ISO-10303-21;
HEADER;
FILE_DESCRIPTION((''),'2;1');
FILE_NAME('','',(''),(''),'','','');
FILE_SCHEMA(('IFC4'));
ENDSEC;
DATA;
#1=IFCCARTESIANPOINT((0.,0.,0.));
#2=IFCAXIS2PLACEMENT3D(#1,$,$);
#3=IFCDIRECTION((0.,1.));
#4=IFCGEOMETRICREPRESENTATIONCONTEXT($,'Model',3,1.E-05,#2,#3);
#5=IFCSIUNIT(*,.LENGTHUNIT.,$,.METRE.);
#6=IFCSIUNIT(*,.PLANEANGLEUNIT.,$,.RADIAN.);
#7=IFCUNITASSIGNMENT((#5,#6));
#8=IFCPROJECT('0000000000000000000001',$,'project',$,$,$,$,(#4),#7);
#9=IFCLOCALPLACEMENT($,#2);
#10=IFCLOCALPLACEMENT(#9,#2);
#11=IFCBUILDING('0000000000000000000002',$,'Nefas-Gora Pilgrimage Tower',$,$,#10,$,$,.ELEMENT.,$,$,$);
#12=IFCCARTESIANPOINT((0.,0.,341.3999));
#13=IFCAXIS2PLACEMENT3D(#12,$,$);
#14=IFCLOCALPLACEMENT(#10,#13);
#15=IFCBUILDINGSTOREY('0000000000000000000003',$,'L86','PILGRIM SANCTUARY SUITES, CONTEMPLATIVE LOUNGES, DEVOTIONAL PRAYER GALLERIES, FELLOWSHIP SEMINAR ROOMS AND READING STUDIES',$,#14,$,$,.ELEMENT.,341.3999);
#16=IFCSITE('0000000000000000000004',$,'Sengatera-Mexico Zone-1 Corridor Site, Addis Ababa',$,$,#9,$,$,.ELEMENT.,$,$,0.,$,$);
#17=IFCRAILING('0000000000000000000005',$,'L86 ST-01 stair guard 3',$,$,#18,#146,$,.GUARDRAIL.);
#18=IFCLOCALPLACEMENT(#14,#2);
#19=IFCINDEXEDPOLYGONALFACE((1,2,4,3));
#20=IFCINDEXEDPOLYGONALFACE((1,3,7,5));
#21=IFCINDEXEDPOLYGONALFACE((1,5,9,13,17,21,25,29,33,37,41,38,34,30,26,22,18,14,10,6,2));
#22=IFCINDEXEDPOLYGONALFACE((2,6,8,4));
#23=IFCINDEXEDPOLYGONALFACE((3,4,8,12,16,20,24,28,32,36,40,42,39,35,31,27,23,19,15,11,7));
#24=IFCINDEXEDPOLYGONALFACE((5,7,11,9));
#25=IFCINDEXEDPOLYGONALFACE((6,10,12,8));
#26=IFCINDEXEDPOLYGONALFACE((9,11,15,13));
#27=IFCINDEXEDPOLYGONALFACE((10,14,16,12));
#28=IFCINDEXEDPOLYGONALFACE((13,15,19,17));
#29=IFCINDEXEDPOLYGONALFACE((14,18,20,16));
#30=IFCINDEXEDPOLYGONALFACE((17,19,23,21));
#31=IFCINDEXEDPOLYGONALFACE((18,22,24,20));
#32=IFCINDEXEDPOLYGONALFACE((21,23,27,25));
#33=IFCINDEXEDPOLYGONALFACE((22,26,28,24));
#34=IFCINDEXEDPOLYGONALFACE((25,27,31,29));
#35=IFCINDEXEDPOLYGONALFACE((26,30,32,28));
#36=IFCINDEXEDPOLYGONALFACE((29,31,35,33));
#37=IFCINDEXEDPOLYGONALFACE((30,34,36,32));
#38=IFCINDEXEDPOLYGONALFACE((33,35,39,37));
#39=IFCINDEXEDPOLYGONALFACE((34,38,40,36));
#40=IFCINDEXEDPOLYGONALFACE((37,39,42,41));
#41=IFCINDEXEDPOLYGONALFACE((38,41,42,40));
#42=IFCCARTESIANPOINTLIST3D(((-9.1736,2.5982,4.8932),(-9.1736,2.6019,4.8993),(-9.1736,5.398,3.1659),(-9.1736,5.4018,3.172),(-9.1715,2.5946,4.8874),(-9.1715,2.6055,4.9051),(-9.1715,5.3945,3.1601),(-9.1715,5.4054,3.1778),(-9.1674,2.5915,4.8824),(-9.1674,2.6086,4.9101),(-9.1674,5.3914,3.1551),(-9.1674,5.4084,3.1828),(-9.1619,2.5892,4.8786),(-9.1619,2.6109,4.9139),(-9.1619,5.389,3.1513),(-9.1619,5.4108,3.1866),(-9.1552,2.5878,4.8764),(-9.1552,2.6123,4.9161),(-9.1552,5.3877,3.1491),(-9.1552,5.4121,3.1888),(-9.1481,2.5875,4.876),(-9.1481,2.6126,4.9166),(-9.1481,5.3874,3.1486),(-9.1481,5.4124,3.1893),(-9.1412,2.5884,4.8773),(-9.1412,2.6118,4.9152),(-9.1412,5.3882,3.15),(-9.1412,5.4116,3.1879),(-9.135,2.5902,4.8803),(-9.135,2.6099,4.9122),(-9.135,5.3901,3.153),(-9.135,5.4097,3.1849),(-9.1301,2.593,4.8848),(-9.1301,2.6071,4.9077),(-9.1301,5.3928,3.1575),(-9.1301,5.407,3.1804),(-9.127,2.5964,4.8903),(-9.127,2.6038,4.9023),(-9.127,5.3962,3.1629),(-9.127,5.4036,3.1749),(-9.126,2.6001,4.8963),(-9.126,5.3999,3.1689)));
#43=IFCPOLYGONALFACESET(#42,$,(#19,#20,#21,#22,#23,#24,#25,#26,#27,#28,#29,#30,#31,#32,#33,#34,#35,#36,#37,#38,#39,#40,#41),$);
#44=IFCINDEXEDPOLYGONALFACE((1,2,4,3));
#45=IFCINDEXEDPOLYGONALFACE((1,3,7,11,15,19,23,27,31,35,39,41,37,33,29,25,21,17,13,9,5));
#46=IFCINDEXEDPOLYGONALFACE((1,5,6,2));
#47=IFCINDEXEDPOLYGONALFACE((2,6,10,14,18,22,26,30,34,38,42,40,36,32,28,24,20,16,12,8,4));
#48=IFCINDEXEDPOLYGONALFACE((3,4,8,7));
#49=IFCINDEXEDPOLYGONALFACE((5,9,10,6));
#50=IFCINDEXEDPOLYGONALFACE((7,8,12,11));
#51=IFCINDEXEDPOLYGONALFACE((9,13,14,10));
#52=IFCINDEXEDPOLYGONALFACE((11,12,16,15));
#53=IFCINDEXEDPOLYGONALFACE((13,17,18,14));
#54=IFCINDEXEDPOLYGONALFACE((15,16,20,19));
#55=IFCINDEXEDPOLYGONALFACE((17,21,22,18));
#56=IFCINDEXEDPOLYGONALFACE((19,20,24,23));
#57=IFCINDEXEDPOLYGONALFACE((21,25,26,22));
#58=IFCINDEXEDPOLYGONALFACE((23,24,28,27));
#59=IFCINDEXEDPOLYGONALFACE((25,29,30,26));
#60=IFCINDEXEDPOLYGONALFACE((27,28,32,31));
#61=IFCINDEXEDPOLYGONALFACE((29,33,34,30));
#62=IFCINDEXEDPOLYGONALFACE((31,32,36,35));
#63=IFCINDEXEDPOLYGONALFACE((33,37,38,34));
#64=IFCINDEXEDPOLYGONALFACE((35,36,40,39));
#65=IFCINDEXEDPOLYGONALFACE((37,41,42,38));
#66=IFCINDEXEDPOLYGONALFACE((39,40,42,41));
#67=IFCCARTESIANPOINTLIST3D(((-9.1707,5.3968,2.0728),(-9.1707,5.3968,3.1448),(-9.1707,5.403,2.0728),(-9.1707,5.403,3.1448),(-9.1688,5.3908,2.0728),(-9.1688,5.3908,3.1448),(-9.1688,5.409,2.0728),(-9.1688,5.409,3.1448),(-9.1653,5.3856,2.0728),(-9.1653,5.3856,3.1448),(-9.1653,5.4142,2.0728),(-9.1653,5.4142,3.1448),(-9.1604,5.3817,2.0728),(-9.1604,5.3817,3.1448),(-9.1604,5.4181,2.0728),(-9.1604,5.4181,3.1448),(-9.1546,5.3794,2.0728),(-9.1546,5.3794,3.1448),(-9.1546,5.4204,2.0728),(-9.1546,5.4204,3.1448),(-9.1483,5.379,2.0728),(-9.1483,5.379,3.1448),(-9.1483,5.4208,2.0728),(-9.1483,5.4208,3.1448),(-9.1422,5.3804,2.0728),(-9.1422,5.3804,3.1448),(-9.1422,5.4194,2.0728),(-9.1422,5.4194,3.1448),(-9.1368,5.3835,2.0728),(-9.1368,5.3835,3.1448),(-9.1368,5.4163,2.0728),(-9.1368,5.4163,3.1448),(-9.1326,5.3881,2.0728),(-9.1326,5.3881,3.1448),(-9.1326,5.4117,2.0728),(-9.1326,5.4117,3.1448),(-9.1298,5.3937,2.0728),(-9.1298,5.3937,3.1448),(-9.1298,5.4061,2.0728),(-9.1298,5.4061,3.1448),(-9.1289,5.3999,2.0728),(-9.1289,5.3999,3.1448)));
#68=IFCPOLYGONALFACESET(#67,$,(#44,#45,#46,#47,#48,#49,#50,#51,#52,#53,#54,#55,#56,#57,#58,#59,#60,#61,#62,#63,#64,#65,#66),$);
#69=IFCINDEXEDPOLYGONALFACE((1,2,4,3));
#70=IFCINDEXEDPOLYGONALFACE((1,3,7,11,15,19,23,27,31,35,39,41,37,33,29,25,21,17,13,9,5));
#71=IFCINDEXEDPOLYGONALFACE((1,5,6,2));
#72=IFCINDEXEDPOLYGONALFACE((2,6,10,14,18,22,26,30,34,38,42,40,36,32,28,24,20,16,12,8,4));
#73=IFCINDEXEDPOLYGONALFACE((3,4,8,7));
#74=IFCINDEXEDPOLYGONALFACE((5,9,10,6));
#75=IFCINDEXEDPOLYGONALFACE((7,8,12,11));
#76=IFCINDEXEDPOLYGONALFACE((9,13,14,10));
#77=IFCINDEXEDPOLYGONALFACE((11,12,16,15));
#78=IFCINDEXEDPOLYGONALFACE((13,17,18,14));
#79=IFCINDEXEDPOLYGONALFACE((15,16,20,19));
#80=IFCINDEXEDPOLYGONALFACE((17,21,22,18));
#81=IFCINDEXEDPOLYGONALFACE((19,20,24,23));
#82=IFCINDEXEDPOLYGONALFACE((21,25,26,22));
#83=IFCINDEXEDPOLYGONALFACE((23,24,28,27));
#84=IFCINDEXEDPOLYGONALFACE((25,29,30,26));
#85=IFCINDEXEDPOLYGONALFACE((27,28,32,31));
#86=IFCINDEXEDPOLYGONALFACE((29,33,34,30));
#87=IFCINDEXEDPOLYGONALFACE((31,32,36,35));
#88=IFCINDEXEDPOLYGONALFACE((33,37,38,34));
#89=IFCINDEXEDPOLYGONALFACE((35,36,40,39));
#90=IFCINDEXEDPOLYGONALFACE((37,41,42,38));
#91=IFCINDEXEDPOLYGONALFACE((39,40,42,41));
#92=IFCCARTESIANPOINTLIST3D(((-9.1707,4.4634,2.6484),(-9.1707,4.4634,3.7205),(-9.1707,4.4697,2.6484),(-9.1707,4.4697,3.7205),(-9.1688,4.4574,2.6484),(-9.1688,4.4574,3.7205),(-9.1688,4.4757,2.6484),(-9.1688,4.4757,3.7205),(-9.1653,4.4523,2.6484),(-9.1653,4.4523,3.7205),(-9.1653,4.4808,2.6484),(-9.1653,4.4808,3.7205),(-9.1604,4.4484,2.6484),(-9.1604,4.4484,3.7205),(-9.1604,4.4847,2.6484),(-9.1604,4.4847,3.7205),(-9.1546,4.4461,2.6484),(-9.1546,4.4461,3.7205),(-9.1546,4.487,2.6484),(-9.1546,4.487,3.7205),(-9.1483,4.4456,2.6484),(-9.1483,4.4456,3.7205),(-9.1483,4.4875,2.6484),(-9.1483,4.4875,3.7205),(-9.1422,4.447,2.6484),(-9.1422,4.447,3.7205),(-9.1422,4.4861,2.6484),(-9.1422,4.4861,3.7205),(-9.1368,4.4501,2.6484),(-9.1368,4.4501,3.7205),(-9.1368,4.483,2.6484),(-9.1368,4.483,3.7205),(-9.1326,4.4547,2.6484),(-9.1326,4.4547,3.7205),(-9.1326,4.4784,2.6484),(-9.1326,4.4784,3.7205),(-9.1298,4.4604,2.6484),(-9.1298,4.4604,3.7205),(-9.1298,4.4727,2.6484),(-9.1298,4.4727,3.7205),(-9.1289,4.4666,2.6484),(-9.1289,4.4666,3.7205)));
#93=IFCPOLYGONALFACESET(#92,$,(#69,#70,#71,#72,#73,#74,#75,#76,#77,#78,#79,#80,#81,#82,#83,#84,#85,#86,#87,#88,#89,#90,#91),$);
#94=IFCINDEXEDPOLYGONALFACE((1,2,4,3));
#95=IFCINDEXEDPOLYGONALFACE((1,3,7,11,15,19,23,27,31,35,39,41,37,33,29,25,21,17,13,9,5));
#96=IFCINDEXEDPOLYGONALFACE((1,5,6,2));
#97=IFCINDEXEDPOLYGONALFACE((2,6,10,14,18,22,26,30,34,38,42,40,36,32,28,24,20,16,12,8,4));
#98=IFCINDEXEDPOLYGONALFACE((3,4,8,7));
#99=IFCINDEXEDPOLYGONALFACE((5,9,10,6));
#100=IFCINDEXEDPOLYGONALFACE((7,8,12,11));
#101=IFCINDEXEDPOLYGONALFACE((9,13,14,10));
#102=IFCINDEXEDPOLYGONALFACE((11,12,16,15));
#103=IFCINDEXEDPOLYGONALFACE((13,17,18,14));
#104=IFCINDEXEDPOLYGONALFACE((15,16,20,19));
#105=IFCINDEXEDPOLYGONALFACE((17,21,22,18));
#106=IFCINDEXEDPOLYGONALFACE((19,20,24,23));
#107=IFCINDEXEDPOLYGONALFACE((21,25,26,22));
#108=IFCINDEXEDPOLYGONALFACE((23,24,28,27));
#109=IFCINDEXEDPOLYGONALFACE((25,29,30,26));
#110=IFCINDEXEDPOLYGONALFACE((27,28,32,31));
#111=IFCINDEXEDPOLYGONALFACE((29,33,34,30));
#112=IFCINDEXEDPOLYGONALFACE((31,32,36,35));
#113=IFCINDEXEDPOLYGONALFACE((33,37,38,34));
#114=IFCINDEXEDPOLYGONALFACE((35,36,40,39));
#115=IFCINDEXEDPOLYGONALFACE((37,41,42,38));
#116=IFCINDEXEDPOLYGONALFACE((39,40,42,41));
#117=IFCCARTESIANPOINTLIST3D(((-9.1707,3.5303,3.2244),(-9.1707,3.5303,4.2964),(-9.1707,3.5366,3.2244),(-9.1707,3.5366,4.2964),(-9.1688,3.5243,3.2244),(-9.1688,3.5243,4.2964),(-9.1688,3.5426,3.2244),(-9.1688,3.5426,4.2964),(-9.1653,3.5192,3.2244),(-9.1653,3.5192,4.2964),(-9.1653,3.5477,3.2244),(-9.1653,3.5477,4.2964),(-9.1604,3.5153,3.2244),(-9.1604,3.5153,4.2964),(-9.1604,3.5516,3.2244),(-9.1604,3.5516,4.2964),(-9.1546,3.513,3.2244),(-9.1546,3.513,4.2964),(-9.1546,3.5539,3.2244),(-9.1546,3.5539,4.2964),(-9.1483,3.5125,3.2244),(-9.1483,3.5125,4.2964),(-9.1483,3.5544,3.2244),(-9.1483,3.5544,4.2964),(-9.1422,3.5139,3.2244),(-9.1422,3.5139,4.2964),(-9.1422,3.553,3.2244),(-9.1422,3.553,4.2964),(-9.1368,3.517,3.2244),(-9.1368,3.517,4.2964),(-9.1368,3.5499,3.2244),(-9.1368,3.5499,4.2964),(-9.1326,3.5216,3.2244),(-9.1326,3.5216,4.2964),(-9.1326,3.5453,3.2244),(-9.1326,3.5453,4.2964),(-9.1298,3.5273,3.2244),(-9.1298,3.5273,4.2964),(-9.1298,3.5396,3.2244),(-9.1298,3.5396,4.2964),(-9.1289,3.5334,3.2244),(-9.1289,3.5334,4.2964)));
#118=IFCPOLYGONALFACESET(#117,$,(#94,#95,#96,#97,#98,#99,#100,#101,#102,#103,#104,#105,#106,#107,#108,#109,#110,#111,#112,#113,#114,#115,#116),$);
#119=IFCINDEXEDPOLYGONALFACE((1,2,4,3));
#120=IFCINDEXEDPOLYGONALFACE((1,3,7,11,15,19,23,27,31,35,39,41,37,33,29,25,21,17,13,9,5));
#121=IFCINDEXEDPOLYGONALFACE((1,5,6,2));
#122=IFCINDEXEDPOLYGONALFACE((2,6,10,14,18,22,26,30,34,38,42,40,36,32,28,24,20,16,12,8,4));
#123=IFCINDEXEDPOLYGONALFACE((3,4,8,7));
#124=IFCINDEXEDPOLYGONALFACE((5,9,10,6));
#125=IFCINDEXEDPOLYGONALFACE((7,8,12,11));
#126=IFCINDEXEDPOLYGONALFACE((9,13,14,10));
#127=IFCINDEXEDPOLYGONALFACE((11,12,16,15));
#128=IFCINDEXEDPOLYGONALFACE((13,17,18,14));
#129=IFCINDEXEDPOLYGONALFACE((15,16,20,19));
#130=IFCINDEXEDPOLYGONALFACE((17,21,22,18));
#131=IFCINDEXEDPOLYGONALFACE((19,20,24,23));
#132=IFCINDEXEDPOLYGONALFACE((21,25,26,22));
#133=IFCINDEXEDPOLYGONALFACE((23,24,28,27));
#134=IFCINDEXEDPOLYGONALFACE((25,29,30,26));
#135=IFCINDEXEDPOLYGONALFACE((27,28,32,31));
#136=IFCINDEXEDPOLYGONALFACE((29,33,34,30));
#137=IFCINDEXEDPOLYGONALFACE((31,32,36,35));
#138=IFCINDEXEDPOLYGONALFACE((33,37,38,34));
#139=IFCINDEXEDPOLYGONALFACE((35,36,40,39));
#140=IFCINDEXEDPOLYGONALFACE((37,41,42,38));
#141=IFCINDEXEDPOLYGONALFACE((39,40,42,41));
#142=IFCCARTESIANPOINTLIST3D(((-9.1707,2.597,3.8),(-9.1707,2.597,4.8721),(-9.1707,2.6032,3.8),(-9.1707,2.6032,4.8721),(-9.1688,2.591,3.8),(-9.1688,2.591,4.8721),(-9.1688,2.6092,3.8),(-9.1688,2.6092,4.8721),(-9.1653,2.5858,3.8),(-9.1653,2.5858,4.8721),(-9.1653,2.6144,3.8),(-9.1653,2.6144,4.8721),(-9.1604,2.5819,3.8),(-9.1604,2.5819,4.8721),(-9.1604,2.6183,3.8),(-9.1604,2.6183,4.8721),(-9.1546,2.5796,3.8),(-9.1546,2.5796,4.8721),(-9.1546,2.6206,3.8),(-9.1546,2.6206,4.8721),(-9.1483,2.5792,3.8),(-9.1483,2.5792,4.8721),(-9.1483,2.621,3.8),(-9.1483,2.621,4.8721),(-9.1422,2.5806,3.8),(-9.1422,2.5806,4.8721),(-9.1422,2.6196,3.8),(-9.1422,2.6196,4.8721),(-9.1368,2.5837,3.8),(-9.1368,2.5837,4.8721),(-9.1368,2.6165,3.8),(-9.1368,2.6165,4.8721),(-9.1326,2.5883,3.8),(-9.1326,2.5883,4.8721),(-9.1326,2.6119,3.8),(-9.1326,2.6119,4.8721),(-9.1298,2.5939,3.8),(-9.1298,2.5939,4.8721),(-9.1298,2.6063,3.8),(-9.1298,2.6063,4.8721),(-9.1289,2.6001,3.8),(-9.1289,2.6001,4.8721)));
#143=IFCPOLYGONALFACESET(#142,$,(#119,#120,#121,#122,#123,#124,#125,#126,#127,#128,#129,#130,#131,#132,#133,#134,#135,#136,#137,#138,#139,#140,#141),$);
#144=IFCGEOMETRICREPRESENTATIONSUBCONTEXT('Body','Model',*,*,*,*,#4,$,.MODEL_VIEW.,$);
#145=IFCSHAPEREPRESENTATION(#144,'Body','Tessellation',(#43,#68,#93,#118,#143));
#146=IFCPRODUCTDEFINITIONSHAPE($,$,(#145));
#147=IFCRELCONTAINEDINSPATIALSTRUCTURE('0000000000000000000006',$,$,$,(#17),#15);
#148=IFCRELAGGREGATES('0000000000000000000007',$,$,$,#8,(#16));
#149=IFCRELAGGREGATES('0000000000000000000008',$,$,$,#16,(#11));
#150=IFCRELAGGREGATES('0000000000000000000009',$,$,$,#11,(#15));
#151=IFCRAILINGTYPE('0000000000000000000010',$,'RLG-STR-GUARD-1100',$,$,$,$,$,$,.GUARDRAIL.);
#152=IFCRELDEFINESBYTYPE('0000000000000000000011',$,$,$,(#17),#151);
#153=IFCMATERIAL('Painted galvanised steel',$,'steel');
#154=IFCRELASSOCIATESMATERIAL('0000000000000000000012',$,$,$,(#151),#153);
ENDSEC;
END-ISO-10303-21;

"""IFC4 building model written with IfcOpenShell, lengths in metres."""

from ifc_helpers import new_model, si_unit, direction, frame, origin, origin_2d, place, context, subcontext, project, spatial, circle, extrude, material, type_object, element, save


model = new_model("IFC4")

# Units and contexts
model_context = context("Model", 3, precision=1e-05, world=origin(), true_north=direction((0.0, 1.0)))
body_context = subcontext(model_context, "Body", "Model", "MODEL_VIEW")
ifc_project = project(units=[si_unit("LENGTHUNIT", "METRE"), si_unit("PLANEANGLEUNIT", "RADIAN")], contexts=[model_context])

# Site, building, storey
site_placement = place(None, origin())
site = spatial("IfcSite", under=ifc_project, at=site_placement, Name="Sengatera-Mexico Zone-1 Corridor Site, Addis Ababa", CompositionType="ELEMENT", RefElevation=0.0)
building_placement = place(site_placement, origin())
building = spatial("IfcBuilding", under=site, at=building_placement, Name="Nefas-Gora Pilgrimage Tower", CompositionType="ELEMENT")
storey_placement = place(building_placement, frame((0.0, 0.0, 341.3999)))
storey = spatial("IfcBuildingStorey", under=building, at=storey_placement, Name="L86", Description="PILGRIM SANCTUARY SUITES, CONTEMPLATIVE LOUNGES, DEVOTIONAL PRAYER GALLERIES, FELLOWSHIP SEMINAR ROOMS AND READING STUDIES", CompositionType="ELEMENT", Elevation=341.3999)

# Railing
ifc_material_1 = material(Name="Painted galvanised steel", Category="steel")
railing_type_1 = type_object("IfcRailingType", Name="RLG-STR-GUARD-1100", PredefinedType="GUARDRAIL", material=ifc_material_1)
railing_1_placement = place(storey_placement, frame((-9.1499, 5.3999, 2.0728)))
element("IfcRailing", 1, at=railing_1_placement, inside=storey, type_object=railing_type_1, Name="L86 ST-01 stair guard 3", PredefinedType="GUARDRAIL", context=body_context, shape_type="SweptSolid", body=[
    extrude(circle(Radius=0.0239, at=origin_2d()), frame((0.0, 0.0, 1.0962), z_axis=(0.0, -0.851069, 0.525054), x_axis=(1.0, 0.0, 0.0)), (0.0, 0.0, 1.0), 3.2898),
    extrude(circle(Radius=0.021, at=origin_2d()), origin(), (0.0, 0.0, 1.0), 1.072),
    extrude(circle(Radius=0.021, at=origin_2d()), frame((0.0, -0.9333, 0.5757)), (0.0, 0.0, 1.0), 1.072),
    extrude(circle(Radius=0.021, at=origin_2d()), frame((0.0, -1.8665, 1.1516)), (0.0, 0.0, 1.0), 1.072),
    extrude(circle(Radius=0.021, at=origin_2d()), frame((0.0, -2.7998, 1.7273)), (0.0, 0.0, 1.0), 1.072),
])

save(model, "model.ifc")
